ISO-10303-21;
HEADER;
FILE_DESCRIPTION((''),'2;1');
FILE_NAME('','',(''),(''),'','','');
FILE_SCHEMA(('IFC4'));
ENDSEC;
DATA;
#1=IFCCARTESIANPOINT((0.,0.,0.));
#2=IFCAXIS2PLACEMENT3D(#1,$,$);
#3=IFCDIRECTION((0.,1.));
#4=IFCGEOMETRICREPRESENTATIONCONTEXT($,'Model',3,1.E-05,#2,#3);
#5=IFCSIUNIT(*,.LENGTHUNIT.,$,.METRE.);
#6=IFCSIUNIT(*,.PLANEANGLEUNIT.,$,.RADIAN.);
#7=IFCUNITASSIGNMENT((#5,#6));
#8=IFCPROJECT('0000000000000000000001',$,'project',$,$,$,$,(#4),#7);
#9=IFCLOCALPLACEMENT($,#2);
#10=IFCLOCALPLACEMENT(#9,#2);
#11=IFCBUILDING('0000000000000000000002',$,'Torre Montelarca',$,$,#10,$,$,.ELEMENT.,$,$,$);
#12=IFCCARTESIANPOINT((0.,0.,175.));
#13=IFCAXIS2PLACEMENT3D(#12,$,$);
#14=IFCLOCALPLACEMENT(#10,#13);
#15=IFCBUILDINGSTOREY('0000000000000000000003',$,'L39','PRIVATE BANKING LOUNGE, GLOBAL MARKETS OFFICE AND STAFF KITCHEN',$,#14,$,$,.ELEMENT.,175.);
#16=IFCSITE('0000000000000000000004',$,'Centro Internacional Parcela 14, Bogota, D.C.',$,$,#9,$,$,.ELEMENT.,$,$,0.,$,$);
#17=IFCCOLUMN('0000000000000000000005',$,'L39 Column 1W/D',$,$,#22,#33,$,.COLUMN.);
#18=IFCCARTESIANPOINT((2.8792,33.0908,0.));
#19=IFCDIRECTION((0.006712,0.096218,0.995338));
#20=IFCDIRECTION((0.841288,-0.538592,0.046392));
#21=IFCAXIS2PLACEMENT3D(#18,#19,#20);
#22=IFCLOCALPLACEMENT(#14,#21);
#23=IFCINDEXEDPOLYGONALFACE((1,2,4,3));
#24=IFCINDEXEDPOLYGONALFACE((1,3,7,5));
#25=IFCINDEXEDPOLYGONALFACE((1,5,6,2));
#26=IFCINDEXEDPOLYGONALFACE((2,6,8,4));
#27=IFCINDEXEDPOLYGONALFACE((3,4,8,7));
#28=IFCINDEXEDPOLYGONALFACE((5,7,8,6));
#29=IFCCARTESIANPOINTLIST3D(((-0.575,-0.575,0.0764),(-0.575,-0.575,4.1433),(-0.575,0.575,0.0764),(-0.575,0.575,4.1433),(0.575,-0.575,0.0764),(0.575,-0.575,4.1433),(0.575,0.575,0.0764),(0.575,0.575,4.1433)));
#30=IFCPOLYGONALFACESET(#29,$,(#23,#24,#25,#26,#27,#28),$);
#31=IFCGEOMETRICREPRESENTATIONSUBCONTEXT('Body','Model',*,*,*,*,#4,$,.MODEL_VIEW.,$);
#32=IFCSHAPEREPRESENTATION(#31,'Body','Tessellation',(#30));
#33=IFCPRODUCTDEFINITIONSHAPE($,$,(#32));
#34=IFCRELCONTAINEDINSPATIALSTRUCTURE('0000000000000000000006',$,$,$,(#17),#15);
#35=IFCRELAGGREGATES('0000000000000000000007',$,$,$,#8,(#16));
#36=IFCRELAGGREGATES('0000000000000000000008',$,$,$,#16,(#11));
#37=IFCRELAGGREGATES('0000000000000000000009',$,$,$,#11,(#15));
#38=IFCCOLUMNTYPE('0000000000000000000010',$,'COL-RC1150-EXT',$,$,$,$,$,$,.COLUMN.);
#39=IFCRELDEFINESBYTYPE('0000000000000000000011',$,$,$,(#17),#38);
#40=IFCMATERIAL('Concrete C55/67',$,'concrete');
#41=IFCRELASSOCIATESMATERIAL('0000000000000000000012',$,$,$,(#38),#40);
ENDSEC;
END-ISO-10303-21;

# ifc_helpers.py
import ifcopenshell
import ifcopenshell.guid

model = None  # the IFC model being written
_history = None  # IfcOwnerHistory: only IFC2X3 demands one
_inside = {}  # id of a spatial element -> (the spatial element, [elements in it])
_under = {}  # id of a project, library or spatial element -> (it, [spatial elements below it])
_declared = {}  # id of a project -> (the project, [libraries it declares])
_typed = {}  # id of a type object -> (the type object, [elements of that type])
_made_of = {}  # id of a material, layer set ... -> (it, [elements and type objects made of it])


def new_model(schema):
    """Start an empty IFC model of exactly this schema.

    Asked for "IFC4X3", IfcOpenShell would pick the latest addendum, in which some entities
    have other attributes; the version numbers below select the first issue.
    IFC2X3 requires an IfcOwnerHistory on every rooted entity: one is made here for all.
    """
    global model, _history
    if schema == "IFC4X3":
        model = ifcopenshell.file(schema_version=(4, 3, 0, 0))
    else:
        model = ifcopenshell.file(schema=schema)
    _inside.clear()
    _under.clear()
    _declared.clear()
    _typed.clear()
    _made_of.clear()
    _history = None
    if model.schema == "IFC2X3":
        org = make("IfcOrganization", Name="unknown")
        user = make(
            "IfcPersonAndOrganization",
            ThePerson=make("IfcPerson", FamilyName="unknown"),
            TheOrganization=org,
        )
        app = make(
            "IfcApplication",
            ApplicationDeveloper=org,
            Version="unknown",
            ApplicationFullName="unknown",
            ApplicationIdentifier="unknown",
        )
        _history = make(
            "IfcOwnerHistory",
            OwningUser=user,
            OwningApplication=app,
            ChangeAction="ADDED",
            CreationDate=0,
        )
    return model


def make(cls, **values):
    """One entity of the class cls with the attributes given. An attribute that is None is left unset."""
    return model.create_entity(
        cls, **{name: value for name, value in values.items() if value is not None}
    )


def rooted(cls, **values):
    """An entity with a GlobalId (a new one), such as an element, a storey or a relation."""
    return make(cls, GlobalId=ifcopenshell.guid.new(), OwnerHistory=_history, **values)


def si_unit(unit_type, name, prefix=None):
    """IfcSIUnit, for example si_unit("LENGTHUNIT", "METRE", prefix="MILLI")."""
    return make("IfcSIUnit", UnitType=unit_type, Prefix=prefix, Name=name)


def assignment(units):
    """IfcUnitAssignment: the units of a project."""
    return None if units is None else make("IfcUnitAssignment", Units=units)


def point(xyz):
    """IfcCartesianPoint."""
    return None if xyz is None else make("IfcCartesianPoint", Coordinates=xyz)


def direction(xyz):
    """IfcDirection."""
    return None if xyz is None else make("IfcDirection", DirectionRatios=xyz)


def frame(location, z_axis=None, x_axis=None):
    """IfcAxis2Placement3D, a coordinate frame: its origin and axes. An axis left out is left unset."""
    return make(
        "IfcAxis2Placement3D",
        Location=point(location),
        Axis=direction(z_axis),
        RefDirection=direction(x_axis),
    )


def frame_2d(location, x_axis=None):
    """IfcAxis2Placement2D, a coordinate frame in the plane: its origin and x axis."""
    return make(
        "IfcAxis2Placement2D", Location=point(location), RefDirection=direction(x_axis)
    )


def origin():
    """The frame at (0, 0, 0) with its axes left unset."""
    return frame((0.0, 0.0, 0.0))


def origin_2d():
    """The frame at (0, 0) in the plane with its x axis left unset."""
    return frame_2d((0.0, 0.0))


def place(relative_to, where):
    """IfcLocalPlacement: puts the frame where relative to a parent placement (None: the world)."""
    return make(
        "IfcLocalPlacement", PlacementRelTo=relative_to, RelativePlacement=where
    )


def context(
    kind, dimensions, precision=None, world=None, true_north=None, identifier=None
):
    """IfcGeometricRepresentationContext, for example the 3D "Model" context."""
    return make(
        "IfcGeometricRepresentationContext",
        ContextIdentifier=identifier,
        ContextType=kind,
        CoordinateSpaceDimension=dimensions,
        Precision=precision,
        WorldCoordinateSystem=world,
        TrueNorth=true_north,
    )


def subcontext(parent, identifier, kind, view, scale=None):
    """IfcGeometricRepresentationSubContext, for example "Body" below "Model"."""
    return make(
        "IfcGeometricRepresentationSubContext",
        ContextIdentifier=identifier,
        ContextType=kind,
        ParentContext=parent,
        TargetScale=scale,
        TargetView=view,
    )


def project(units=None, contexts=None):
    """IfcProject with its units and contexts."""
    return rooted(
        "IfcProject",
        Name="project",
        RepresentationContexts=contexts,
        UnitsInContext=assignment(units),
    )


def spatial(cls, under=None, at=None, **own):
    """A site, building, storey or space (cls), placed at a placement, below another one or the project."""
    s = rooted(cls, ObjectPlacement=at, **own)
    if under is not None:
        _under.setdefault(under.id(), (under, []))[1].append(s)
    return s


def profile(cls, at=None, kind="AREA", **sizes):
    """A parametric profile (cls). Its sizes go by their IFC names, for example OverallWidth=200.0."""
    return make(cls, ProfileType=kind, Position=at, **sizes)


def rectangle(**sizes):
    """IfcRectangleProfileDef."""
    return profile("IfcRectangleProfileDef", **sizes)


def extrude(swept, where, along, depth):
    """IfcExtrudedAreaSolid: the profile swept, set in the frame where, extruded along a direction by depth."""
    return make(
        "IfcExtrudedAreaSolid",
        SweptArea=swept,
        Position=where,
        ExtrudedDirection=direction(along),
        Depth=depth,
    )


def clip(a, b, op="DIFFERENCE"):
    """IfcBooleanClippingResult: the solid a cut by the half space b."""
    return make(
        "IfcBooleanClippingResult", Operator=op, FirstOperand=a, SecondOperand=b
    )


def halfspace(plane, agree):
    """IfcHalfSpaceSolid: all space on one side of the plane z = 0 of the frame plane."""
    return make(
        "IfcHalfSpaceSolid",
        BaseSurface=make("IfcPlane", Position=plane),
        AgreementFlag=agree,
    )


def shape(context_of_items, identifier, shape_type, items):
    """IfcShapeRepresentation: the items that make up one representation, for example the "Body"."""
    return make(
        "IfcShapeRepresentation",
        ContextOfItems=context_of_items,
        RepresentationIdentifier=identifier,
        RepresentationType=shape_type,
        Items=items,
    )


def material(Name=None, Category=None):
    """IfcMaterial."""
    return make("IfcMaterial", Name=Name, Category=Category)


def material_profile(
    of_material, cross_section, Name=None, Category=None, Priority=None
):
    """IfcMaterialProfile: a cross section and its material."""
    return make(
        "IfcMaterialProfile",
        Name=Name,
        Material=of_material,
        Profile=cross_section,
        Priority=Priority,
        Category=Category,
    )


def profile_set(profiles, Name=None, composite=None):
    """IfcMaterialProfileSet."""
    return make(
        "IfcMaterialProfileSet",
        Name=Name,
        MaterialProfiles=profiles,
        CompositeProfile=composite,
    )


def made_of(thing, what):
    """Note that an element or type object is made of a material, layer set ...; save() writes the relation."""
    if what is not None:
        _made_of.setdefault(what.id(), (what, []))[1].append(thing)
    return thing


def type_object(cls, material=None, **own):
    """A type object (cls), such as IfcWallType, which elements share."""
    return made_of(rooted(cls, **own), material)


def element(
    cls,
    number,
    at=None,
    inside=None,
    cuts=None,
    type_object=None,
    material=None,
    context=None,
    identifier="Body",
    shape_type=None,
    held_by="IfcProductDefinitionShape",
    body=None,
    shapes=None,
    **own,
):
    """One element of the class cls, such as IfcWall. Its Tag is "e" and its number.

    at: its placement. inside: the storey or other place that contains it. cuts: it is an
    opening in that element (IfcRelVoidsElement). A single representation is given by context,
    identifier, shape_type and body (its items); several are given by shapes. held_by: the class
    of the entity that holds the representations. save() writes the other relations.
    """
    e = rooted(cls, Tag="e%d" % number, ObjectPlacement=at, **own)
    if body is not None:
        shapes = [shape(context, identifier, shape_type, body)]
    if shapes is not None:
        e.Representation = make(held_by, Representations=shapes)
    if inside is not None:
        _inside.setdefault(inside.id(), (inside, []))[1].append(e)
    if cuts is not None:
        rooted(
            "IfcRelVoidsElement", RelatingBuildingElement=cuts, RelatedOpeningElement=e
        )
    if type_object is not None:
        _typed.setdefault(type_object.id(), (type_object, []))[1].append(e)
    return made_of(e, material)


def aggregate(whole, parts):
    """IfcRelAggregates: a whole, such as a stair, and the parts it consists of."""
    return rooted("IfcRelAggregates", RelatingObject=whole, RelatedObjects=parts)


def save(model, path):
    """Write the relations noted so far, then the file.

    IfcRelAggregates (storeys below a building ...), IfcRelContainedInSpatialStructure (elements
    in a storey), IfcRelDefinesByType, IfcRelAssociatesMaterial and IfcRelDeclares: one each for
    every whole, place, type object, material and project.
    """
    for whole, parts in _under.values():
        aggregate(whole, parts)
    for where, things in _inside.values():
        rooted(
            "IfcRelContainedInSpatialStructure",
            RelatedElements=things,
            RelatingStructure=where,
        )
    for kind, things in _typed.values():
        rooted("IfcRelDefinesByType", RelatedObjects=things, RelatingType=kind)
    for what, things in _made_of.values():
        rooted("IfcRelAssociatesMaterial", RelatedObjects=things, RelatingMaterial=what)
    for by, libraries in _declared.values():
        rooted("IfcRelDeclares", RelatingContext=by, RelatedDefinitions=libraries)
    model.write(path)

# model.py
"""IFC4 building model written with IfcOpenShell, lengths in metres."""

from ifc_helpers import new_model, si_unit, direction, frame, origin, origin_2d, place, context, subcontext, project, spatial, rectangle, extrude, clip, halfspace, material, material_profile, profile_set, type_object, element, save


model = new_model("IFC4")

# Units and contexts
model_context = context("Model", 3, precision=1e-05, world=origin(), true_north=direction((0.0, 1.0)))
body_context = subcontext(model_context, "Body", "Model", "MODEL_VIEW")
ifc_project = project(units=[si_unit("LENGTHUNIT", "METRE"), si_unit("PLANEANGLEUNIT", "RADIAN")], contexts=[model_context])

# Site, building, storey
site_placement = place(None, origin())
site = spatial("IfcSite", under=ifc_project, at=site_placement, Name="Centro Internacional Parcela 14, Bogota, D.C.", CompositionType="ELEMENT", RefElevation=0.0)
building_placement = place(site_placement, origin())
building = spatial("IfcBuilding", under=site, at=building_placement, Name="Torre Montelarca", CompositionType="ELEMENT")
storey_placement = place(building_placement, frame((0.0, 0.0, 175.0)))
storey = spatial("IfcBuildingStorey", under=building, at=storey_placement, Name="L39", Description="PRIVATE BANKING LOUNGE, GLOBAL MARKETS OFFICE AND STAFF KITCHEN", CompositionType="ELEMENT", Elevation=175.0)

# Column
ifc_material_1 = material(Name="Concrete C55/67", Category="concrete")
ifc_material_profile_1 = material_profile(ifc_material_1, rectangle(XDim=1.1499, YDim=1.1499, at=origin_2d()), Name="RC1150X1150", Category="concrete")
ifc_profile_set_1 = profile_set([ifc_material_profile_1], Name="Concrete C55/67")
column_type = type_object("IfcColumnType", Name="COL-RC1150-EXT", PredefinedType="COLUMN", material=ifc_profile_set_1)
column_placement = place(storey_placement, frame((2.8792, 33.0908, 0.0), z_axis=(0.006712, 0.096218, 0.995338), x_axis=(0.841288, -0.538592, 0.046392)))
element("IfcColumn", 1, at=column_placement, inside=storey, type_object=column_type, Name="L39 Column 1W/D", PredefinedType="COLUMN", context=body_context, shape_type="Clipping", body=[
    clip(clip(extrude(rectangle(XDim=1.1499, YDim=1.1499, at=origin_2d()), origin(), (0.0, 0.0, 1.0), 4.2197), halfspace(frame((0.0, 0.0, 0.0764), z_axis=(0.0, 0.0, -1.0), x_axis=(1.0, 0.0, 0.0)), False)), halfspace(frame((0.0, 0.0, 4.1433), z_axis=(0.0, 0.0, 1.0), x_axis=(1.0, 0.0, 0.0)), False)),
])

save(model, "model.ifc")
